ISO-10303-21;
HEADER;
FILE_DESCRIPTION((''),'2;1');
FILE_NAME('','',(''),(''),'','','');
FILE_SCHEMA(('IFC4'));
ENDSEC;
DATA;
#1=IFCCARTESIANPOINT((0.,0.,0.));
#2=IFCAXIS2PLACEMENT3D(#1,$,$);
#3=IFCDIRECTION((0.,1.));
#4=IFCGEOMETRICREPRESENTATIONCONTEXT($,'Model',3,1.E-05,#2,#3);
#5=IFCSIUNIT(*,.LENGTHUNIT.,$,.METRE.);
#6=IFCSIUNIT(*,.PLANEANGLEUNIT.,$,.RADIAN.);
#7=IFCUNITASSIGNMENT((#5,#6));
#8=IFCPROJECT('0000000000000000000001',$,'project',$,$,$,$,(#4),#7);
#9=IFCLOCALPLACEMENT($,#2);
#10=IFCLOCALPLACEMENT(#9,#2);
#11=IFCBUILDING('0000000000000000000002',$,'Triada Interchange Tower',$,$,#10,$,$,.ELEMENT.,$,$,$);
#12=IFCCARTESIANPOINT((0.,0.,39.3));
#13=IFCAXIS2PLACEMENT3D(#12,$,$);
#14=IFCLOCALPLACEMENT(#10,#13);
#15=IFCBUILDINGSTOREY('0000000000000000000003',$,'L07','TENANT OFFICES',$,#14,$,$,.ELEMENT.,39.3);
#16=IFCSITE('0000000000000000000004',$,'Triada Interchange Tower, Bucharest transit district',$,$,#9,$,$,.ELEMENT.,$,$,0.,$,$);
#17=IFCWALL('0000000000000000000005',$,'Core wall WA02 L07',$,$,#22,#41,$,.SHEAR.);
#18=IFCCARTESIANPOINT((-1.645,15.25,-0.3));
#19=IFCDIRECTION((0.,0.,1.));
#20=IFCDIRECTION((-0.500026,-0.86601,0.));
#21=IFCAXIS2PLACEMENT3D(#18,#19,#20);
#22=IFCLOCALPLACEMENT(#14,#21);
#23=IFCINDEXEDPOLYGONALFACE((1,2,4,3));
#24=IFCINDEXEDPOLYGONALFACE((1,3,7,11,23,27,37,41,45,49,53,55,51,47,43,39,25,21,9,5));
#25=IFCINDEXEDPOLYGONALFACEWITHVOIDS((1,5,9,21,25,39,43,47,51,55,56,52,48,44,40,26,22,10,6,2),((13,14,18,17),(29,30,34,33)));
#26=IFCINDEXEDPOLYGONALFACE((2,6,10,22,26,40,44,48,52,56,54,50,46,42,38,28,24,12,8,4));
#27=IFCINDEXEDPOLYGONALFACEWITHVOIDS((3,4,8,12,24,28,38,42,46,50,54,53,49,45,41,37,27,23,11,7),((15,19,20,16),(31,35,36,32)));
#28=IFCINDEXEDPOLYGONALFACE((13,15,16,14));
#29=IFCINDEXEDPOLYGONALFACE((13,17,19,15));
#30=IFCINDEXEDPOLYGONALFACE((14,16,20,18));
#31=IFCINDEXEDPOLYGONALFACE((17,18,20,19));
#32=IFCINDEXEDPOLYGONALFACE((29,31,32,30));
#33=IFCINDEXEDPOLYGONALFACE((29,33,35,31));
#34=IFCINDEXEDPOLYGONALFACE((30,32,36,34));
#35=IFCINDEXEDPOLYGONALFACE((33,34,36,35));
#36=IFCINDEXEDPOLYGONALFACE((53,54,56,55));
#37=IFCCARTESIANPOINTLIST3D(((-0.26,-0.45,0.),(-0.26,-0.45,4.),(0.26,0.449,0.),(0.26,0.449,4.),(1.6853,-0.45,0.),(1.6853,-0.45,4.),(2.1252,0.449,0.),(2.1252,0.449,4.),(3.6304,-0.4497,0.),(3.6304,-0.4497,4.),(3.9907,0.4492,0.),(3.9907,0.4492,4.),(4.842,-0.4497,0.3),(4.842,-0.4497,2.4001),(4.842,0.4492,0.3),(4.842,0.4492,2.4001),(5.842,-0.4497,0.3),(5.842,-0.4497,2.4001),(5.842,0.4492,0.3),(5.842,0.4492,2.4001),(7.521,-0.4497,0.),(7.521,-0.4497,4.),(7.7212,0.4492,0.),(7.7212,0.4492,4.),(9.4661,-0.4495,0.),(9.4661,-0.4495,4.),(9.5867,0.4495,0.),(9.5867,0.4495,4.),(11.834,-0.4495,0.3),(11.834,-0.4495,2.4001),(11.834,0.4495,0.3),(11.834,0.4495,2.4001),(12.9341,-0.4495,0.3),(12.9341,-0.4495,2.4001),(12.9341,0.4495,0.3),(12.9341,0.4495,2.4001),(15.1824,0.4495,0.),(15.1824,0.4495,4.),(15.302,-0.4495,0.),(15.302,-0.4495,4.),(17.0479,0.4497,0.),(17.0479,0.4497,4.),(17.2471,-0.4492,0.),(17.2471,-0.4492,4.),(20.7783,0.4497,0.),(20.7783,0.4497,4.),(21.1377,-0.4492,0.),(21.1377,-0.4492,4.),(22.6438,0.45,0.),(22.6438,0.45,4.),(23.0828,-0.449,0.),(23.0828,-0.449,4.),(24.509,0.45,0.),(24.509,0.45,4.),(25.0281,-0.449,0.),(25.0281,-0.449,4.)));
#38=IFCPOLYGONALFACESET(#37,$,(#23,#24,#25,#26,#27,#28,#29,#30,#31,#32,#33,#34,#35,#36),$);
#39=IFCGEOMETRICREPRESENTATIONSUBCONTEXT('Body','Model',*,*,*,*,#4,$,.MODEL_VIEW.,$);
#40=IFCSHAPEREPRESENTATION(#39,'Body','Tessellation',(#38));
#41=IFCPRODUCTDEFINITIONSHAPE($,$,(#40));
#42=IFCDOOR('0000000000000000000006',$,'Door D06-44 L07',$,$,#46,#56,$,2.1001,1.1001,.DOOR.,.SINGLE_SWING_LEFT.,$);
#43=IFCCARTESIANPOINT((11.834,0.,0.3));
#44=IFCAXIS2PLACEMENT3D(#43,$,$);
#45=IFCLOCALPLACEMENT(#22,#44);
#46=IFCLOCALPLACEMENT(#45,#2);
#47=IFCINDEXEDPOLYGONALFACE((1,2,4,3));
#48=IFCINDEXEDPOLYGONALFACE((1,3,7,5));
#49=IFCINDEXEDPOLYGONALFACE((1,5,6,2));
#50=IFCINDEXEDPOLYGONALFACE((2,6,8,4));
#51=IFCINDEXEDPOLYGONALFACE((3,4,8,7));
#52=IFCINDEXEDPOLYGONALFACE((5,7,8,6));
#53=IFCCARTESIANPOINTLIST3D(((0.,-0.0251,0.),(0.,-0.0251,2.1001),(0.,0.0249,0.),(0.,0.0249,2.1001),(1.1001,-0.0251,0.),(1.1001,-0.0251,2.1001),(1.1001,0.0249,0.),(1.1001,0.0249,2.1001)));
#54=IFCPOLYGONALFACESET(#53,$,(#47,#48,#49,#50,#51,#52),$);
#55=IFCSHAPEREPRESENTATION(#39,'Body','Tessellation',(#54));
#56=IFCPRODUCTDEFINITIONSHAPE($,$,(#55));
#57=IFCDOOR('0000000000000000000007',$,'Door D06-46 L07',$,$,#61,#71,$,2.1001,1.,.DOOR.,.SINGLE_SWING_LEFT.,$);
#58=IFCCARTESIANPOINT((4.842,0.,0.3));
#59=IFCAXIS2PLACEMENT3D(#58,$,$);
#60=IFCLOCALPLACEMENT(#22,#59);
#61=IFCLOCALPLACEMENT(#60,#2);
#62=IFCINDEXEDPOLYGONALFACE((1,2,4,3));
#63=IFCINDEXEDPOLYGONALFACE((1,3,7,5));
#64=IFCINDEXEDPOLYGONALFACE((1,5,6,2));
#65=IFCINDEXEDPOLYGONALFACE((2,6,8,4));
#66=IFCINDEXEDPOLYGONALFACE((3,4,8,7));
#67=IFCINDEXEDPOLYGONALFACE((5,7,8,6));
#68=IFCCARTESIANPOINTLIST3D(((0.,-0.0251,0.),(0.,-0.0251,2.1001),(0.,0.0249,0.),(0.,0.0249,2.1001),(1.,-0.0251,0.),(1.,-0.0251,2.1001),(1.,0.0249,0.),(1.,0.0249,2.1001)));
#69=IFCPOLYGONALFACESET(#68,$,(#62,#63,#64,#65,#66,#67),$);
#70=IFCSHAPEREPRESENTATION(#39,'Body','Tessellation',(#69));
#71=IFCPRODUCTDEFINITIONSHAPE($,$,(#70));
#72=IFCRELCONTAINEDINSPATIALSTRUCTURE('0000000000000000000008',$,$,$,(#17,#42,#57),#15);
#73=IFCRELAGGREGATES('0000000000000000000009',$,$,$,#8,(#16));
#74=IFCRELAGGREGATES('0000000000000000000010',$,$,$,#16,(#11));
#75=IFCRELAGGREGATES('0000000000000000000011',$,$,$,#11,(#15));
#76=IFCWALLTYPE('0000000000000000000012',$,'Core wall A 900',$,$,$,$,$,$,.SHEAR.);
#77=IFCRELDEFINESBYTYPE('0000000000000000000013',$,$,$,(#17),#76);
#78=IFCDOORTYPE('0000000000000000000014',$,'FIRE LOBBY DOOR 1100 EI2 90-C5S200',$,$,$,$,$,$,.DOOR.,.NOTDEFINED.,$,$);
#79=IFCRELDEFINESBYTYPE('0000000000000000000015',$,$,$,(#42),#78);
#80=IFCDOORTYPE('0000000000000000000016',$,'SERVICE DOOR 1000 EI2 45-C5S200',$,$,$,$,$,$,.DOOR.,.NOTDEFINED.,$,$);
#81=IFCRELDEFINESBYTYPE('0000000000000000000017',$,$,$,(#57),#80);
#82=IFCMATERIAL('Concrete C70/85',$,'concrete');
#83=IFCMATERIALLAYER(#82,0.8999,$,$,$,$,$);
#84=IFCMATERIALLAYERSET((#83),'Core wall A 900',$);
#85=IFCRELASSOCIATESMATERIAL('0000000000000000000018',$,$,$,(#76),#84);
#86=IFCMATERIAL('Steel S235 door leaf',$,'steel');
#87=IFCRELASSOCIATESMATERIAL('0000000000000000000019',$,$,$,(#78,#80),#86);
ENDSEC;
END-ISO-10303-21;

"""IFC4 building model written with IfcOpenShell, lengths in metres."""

from ifc_helpers import new_model, si_unit, direction, frame, frame_2d, origin, place, context, subcontext, project, spatial, polyline, rectangle, outline, extrude, material, layer, layer_set, type_object, element, fill, save


model = new_model("IFC4")

# Units and contexts
model_context = context("Model", 3, precision=1e-05, world=origin(), true_north=direction((0.0, 1.0)))
body_context = subcontext(model_context, "Body", "Model", "MODEL_VIEW")
ifc_project = project(units=[si_unit("LENGTHUNIT", "METRE"), si_unit("PLANEANGLEUNIT", "RADIAN")], contexts=[model_context])

# Site, building, storey
site_placement = place(None, origin())
site = spatial("IfcSite", under=ifc_project, at=site_placement, Name="Triada Interchange Tower, Bucharest transit district", CompositionType="ELEMENT", RefElevation=0.0)
building_placement = place(site_placement, origin())
building = spatial("IfcBuilding", under=site, at=building_placement, Name="Triada Interchange Tower", CompositionType="ELEMENT")
storey_placement = place(building_placement, frame((0.0, 0.0, 39.3)))
storey = spatial("IfcBuildingStorey", under=building, at=storey_placement, Name="L07", Description="TENANT OFFICES", CompositionType="ELEMENT", Elevation=39.3)

# Shared definitions
ifc_material_1 = material(Name="Concrete C70/85", Category="concrete")

# Wall, openings, doors
ifc_layer_1 = layer(ifc_material_1, 0.8999)
ifc_layer_set_1 = layer_set([ifc_layer_1], Name="Core wall A 900")
wall_type_1 = type_object("IfcWallType", Name="Core wall A 900", PredefinedType="SHEAR", material=ifc_layer_set_1)
wall_1_placement = place(storey_placement, frame((-1.645, 15.25, -0.3), z_axis=(0.0, 0.0, 1.0), x_axis=(-0.500026, -0.86601, 0.0)))
wall_1 = element("IfcWall", 1, at=wall_1_placement, inside=storey, type_object=wall_type_1, Name="Core wall WA02 L07", PredefinedType="SHEAR", context=body_context, shape_type="SweptSolid", body=[
    extrude(outline(polyline([(-0.26, -0.45), (1.6853, -0.45), (3.6304, -0.4497), (5.5757, -0.4497), (7.521, -0.4497), (9.4661, -0.4495), (11.4114, -0.4495), (13.3567, -0.4495), (15.302, -0.4495), (17.2471, -0.4492), (19.1924, -0.4492), (21.1377, -0.4492), (23.0828, -0.449), (25.0281, -0.449), (24.509, 0.45), (22.6438, 0.45), (20.7783, 0.4497), (18.9131, 0.4497), (17.0479, 0.4497), (15.1824, 0.4495), (13.3171, 0.4495), (11.4519, 0.4495), (9.5867, 0.4495), (7.7212, 0.4492), (5.856, 0.4492), (3.9907, 0.4492), (2.1252, 0.449), (0.26, 0.449), (-0.26, -0.45)])), origin(), (0.0, 0.0, 1.0), 4.0),
])
opening_1_placement = place(wall_1_placement, frame((11.834, 0.0, 0.3)))
opening_1 = element("IfcOpeningElement", 2, at=opening_1_placement, cuts=wall_1, PredefinedType="OPENING", context=body_context, shape_type="SweptSolid", body=[
    extrude(rectangle(XDim=1.1001, YDim=2.1001, at=frame_2d((0.55, 1.05))), frame((0.0, 0.46, 0.0), z_axis=(0.0, -1.0, 0.0), x_axis=(1.0, 0.0, 0.0)), (0.0, 0.0, 1.0), 0.9199),
])
opening_2_placement = place(wall_1_placement, frame((4.842, 0.0, 0.3)))
opening_2 = element("IfcOpeningElement", 3, at=opening_2_placement, cuts=wall_1, PredefinedType="OPENING", context=body_context, shape_type="SweptSolid", body=[
    extrude(rectangle(XDim=1.0, YDim=2.1001, at=frame_2d((0.5, 1.05))), frame((0.0, 0.46, 0.0), z_axis=(0.0, -1.0, 0.0), x_axis=(1.0, 0.0, 0.0)), (0.0, 0.0, 1.0), 0.9199),
])
ifc_material_2 = material(Name="Steel S235 door leaf", Category="steel")
door_type_1 = type_object("IfcDoorType", Name="FIRE LOBBY DOOR 1100 EI2 90-C5S200", OperationType="NOTDEFINED", PredefinedType="DOOR", material=ifc_material_2)
door_1_placement = place(opening_1_placement, origin())
door_1 = element("IfcDoor", 4, at=door_1_placement, inside=storey, type_object=door_type_1, Name="Door D06-44 L07", OperationType="SINGLE_SWING_LEFT", OverallHeight=2.1001, OverallWidth=1.1001, PredefinedType="DOOR", context=body_context, shape_type="SweptSolid", body=[
    extrude(rectangle(XDim=1.1001, YDim=2.1001, at=frame_2d((0.55, 1.05))), frame((0.0, 0.0249, 0.0), z_axis=(0.0, -1.0, 0.0), x_axis=(1.0, 0.0, 0.0)), (0.0, 0.0, 1.0), 0.05),
])
fill(opening_1, door_1)
door_type_2 = type_object("IfcDoorType", Name="SERVICE DOOR 1000 EI2 45-C5S200", OperationType="NOTDEFINED", PredefinedType="DOOR", material=ifc_material_2)
door_2_placement = place(opening_2_placement, origin())
door_2 = element("IfcDoor", 5, at=door_2_placement, inside=storey, type_object=door_type_2, Name="Door D06-46 L07", OperationType="SINGLE_SWING_LEFT", OverallHeight=2.1001, OverallWidth=1.0, PredefinedType="DOOR", context=body_context, shape_type="SweptSolid", body=[
    extrude(rectangle(XDim=1.0, YDim=2.1001, at=frame_2d((0.5, 1.05))), frame((0.0, 0.0249, 0.0), z_axis=(0.0, -1.0, 0.0), x_axis=(1.0, 0.0, 0.0)), (0.0, 0.0, 1.0), 0.05),
])
fill(opening_2, door_2)

save(model, "model.ifc")
